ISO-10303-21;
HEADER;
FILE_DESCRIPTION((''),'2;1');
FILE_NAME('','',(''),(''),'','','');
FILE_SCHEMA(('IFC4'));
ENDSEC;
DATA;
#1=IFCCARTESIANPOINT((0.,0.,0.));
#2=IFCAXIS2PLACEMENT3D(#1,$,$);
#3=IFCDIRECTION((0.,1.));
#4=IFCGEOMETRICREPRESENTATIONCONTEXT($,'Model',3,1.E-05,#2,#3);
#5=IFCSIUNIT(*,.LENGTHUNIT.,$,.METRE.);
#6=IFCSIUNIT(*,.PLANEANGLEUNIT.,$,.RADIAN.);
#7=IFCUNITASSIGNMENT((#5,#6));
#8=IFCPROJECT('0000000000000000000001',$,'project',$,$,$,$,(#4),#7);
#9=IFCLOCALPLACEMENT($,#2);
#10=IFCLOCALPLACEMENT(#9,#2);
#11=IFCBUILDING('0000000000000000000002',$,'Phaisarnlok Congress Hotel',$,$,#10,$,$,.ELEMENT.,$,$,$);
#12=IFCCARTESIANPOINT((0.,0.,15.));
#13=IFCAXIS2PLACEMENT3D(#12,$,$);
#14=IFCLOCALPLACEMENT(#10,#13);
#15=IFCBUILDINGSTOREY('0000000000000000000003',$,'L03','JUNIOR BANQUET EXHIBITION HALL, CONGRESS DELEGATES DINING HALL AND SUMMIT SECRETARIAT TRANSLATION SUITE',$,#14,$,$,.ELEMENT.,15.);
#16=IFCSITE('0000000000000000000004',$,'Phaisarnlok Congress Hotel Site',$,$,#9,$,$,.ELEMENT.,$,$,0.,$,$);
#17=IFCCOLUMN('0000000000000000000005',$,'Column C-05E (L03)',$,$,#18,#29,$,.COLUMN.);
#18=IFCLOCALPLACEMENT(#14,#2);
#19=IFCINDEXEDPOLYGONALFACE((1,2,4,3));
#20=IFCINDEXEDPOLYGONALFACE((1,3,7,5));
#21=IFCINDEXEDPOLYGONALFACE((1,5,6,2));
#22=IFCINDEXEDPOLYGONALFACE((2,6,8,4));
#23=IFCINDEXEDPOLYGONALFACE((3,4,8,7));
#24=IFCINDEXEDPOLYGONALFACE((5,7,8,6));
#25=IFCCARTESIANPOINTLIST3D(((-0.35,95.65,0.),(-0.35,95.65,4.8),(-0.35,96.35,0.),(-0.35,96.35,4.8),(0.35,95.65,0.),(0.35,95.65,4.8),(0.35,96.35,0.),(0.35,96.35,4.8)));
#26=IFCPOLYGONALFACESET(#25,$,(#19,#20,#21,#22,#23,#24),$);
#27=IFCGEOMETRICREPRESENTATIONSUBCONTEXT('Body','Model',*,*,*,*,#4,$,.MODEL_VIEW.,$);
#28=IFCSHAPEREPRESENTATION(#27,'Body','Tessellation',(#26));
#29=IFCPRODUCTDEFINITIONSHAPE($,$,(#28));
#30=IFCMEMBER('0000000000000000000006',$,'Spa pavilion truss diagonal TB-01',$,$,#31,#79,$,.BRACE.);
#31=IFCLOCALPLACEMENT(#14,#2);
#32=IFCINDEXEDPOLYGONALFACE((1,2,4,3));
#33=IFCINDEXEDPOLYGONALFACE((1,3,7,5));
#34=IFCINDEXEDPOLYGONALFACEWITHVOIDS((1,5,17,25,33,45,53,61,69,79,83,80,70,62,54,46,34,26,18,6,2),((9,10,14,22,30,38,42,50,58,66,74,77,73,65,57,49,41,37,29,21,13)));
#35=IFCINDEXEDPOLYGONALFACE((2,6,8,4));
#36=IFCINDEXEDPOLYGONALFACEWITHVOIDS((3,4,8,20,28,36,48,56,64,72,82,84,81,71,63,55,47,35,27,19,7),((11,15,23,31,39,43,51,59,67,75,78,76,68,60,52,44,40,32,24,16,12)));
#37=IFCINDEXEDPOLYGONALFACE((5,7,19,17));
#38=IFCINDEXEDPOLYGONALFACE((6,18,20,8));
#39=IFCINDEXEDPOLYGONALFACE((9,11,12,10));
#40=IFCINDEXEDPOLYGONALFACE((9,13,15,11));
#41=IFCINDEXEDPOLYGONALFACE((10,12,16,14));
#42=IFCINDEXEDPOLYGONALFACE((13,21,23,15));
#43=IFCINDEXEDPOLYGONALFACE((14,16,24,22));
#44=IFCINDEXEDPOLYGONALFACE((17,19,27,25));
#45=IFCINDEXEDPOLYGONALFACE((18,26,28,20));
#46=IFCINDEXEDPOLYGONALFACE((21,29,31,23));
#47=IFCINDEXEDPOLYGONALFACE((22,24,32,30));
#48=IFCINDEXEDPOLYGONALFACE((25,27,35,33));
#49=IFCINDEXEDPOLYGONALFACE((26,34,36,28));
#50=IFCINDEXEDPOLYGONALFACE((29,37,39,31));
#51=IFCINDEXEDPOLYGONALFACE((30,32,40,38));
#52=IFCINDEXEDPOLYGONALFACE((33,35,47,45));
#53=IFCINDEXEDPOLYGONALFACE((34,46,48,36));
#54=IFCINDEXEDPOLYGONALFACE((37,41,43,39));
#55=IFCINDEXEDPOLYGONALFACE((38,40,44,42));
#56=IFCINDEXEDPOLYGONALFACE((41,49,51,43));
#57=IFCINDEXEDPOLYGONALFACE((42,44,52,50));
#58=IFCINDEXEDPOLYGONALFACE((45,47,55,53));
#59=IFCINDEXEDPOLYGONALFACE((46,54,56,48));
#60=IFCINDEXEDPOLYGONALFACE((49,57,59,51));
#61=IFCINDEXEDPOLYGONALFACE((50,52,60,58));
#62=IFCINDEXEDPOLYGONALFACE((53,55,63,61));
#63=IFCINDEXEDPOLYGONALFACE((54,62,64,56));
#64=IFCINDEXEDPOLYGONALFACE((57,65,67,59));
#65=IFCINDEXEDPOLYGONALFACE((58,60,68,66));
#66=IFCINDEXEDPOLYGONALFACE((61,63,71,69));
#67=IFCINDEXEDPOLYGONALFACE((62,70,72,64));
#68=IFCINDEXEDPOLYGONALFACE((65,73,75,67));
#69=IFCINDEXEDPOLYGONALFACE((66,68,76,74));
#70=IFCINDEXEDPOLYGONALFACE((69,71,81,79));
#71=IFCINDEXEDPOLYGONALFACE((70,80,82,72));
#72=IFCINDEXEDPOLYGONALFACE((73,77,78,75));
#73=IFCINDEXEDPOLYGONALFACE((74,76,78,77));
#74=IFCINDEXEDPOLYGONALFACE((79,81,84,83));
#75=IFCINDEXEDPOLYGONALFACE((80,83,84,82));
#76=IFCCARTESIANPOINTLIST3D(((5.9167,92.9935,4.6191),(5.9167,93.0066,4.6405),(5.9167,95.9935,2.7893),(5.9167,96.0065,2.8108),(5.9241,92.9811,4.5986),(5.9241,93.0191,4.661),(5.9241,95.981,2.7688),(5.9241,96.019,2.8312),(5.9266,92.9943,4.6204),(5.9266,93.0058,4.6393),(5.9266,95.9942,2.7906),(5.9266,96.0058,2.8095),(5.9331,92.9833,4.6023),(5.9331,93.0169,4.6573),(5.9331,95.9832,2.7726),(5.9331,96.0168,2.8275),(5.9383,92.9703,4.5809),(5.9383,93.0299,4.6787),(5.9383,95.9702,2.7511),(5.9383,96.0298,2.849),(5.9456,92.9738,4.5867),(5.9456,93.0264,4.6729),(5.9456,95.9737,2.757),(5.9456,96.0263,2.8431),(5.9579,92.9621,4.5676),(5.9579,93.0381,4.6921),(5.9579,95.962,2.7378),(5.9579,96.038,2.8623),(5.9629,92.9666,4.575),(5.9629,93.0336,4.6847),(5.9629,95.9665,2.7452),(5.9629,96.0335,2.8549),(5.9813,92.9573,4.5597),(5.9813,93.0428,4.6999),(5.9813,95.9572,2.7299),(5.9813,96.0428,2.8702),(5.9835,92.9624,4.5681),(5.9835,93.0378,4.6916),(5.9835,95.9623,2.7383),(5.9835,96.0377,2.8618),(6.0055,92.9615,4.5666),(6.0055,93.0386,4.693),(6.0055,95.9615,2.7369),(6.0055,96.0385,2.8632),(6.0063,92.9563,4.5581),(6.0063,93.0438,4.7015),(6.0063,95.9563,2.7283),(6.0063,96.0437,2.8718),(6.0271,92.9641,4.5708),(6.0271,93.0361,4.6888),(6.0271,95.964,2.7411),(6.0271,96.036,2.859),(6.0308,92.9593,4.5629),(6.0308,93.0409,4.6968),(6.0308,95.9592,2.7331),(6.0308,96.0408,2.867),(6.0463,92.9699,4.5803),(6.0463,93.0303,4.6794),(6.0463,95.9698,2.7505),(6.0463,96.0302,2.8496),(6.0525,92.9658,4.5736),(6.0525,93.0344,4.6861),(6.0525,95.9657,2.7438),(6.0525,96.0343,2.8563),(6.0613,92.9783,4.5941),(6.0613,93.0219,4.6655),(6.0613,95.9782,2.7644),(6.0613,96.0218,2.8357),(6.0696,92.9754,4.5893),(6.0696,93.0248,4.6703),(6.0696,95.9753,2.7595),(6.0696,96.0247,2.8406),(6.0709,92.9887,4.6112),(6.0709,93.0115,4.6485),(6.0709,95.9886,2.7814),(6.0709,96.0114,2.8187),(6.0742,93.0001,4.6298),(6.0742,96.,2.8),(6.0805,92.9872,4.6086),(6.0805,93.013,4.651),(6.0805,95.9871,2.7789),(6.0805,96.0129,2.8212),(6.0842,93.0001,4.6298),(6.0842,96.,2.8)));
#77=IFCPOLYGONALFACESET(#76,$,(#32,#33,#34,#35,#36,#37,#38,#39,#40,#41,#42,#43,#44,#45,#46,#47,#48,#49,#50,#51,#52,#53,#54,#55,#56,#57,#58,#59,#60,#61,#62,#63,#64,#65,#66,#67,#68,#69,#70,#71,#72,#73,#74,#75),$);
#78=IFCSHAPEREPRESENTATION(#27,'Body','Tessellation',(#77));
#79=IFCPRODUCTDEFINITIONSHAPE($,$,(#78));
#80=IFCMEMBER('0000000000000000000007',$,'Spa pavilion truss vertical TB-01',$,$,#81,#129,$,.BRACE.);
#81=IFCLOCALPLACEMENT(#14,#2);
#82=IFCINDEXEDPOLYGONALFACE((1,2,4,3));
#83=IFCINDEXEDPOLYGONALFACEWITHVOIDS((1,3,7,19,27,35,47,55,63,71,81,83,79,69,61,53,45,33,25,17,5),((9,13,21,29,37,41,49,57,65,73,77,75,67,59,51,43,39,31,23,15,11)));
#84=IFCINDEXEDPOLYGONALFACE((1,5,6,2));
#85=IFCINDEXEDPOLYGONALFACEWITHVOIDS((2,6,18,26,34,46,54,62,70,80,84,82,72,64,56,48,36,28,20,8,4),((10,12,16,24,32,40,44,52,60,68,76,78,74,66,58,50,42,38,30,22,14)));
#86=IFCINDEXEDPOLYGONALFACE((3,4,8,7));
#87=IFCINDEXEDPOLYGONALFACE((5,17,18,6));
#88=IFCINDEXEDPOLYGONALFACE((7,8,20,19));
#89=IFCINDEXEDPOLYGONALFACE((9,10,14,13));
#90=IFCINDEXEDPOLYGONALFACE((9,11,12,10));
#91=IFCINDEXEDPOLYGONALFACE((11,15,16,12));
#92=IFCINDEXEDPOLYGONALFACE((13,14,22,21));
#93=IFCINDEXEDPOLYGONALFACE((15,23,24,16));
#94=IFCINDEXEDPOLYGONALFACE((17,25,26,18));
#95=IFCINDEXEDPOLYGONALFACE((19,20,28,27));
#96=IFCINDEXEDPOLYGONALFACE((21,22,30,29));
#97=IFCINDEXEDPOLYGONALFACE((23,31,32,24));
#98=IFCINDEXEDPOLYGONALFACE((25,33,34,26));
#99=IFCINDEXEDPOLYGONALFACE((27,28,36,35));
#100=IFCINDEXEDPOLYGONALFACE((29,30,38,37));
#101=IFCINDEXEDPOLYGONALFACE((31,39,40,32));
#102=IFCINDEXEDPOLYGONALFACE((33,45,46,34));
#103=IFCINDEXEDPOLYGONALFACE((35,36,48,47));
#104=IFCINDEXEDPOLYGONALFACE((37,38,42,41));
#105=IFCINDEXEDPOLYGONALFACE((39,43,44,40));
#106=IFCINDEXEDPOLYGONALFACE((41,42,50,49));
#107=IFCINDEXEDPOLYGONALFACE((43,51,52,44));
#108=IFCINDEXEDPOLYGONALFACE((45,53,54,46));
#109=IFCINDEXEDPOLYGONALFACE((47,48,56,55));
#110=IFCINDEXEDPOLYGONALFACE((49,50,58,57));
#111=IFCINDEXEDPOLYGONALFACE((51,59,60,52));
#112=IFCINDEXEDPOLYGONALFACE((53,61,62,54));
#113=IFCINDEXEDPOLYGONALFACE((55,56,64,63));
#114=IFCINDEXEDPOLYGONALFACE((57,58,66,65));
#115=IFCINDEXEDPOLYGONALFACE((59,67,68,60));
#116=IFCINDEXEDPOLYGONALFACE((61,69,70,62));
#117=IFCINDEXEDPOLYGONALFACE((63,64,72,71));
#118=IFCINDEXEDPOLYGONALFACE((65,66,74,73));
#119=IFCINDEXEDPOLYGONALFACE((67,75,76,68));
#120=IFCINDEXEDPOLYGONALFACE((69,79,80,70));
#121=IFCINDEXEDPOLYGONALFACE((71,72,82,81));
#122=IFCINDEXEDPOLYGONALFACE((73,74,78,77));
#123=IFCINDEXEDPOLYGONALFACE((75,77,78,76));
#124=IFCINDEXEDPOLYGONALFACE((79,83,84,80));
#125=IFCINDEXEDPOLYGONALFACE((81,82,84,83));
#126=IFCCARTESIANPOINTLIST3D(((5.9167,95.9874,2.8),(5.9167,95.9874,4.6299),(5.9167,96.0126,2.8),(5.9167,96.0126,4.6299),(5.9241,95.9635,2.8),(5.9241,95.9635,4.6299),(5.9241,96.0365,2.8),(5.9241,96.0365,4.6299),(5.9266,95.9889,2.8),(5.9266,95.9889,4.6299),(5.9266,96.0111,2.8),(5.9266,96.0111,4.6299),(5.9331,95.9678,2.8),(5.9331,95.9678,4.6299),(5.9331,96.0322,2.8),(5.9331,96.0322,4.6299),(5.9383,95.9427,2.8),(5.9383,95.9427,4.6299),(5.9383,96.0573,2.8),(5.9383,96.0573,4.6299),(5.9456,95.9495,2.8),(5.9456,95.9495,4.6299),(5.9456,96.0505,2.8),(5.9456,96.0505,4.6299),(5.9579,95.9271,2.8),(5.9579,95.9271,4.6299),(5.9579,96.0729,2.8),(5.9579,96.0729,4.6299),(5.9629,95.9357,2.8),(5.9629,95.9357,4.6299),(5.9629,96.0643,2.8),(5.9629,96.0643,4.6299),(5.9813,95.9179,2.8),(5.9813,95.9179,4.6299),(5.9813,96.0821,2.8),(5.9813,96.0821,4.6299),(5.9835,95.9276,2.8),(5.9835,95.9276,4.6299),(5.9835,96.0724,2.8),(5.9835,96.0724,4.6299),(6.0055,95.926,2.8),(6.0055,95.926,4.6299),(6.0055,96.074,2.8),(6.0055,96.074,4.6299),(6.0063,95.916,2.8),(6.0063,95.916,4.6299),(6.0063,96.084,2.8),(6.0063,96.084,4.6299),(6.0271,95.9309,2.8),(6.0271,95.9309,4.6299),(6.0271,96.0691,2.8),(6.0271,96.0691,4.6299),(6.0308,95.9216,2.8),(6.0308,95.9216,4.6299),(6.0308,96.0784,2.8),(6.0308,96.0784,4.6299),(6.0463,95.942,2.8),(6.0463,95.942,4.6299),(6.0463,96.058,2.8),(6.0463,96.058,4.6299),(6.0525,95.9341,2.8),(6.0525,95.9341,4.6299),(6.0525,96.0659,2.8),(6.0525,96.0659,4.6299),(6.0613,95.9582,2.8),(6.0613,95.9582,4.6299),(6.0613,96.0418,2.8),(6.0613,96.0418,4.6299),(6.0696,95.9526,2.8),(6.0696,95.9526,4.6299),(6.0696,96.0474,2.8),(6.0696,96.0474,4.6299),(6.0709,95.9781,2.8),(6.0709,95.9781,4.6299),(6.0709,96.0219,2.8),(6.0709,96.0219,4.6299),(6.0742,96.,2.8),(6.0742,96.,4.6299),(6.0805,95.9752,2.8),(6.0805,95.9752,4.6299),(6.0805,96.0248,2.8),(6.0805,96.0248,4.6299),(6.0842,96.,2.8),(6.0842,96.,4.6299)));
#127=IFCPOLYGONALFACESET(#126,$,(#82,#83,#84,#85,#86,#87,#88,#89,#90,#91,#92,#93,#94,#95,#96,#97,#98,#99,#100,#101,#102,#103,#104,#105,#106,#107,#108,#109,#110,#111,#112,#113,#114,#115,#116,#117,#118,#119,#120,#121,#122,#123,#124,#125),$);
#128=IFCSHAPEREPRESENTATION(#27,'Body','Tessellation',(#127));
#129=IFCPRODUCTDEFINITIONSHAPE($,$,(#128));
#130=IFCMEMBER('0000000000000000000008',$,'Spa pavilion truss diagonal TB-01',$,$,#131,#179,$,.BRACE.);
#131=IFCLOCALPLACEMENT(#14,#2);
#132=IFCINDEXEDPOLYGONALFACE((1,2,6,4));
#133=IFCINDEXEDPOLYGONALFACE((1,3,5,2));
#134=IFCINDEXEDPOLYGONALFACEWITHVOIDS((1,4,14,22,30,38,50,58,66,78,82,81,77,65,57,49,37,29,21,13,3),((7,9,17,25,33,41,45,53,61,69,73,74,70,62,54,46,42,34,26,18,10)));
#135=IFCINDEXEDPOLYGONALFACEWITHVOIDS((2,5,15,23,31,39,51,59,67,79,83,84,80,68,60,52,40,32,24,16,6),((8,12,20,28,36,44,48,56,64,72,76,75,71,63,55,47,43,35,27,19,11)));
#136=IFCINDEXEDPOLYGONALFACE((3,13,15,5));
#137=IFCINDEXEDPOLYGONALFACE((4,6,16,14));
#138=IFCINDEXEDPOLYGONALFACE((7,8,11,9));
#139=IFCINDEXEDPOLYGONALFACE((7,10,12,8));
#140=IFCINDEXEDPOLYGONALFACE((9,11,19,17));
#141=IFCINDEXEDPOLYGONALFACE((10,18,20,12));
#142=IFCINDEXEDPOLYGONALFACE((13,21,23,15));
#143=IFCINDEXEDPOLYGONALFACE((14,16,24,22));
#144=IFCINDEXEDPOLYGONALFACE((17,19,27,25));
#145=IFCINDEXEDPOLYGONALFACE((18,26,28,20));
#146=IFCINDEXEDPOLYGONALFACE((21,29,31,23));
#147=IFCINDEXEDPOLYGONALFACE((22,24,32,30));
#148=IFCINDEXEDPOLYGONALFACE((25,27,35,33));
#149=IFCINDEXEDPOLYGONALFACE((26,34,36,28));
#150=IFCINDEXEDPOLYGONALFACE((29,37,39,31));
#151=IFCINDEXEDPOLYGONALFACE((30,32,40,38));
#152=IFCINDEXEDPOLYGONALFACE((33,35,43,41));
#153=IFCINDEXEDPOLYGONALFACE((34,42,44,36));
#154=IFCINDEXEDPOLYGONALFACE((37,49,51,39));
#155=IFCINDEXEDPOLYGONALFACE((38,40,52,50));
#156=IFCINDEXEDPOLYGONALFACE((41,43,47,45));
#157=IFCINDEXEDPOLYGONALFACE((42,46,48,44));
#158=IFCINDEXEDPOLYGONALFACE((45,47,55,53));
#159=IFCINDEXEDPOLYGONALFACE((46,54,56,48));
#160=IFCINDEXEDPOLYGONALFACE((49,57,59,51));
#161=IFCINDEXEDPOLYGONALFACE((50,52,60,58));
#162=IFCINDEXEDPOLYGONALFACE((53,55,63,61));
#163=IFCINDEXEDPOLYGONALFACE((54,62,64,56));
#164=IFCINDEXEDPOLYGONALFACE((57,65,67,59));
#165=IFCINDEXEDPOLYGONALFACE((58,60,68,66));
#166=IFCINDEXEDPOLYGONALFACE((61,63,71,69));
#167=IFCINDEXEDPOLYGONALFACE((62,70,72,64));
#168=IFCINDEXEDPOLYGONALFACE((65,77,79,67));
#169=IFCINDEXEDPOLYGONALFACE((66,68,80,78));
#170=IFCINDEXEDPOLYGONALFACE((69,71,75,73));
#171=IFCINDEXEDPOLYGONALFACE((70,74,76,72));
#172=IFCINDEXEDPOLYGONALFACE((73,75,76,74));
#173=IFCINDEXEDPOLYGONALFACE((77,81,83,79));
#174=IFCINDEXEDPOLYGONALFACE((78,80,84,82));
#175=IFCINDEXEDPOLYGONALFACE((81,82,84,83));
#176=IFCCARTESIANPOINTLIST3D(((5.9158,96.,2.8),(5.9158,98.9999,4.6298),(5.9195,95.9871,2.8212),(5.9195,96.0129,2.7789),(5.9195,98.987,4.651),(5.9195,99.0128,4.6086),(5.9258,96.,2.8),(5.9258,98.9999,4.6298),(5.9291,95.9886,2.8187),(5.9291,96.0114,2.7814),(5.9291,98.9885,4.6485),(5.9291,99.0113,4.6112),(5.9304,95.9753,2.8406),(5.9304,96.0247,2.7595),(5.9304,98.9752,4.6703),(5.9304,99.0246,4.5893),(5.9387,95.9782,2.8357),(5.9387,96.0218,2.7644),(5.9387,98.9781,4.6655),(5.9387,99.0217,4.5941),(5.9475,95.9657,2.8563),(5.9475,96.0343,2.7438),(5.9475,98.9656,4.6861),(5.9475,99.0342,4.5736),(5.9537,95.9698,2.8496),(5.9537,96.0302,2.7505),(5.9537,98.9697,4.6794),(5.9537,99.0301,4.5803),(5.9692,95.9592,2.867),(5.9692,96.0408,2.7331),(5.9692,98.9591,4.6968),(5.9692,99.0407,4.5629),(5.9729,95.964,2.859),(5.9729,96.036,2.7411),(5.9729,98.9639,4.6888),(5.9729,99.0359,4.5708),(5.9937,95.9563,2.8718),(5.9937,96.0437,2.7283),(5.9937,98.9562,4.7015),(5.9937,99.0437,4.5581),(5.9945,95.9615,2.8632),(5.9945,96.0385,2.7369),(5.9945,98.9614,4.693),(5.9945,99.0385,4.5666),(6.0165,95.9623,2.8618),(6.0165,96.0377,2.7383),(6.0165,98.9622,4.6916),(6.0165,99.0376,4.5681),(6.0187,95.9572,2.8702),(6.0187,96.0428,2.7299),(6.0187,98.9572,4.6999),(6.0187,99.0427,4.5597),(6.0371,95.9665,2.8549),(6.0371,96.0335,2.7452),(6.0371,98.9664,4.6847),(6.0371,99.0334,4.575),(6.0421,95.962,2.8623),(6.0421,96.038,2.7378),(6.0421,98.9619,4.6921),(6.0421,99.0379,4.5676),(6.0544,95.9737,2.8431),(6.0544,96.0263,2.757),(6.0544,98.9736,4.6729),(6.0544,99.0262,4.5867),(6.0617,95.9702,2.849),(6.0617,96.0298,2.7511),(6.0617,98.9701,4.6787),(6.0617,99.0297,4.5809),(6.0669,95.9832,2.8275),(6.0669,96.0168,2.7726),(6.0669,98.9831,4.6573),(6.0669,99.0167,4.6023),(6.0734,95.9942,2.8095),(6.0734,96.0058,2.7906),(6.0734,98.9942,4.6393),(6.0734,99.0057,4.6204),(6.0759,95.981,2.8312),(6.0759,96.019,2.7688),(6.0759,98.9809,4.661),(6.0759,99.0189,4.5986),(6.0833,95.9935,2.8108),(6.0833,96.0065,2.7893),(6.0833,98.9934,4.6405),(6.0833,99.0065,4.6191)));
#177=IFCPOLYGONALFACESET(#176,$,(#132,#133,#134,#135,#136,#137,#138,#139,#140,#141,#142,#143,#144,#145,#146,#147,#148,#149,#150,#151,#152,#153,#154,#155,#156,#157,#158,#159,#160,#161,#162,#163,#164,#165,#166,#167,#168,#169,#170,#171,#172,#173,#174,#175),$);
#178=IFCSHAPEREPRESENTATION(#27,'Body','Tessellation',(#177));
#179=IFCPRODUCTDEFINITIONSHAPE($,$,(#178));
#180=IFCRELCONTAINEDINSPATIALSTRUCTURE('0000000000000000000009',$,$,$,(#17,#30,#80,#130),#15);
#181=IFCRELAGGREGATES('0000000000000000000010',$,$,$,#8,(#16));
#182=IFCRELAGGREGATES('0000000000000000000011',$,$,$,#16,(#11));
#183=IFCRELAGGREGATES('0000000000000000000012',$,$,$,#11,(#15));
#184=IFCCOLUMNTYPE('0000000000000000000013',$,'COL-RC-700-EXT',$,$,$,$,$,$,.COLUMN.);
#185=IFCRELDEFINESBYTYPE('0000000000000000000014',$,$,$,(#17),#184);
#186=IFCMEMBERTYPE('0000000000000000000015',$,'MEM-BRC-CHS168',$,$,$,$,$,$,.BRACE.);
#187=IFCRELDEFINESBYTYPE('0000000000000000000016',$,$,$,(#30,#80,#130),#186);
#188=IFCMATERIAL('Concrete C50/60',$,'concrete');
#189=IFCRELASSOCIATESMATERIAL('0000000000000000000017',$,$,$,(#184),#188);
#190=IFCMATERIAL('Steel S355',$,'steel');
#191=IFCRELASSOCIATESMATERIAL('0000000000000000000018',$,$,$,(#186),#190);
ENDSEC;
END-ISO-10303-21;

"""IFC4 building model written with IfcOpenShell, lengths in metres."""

from ifc_helpers import new_model, si_unit, direction, frame, origin, origin_2d, place, context, subcontext, project, spatial, rectangle, hollow_circle, extrude, material, material_profile, profile_set, type_object, element, save


model = new_model("IFC4")

# Units and contexts
model_context = context("Model", 3, precision=1e-05, world=origin(), true_north=direction((0.0, 1.0)))
body_context = subcontext(model_context, "Body", "Model", "MODEL_VIEW")
ifc_project = project(units=[si_unit("LENGTHUNIT", "METRE"), si_unit("PLANEANGLEUNIT", "RADIAN")], contexts=[model_context])

# Site, building, storey
site_placement = place(None, origin())
site = spatial("IfcSite", under=ifc_project, at=site_placement, Name="Phaisarnlok Congress Hotel Site", CompositionType="ELEMENT", RefElevation=0.0)
building_placement = place(site_placement, origin())
building = spatial("IfcBuilding", under=site, at=building_placement, Name="Phaisarnlok Congress Hotel", CompositionType="ELEMENT")
storey_placement = place(building_placement, frame((0.0, 0.0, 15.0)))
storey = spatial("IfcBuildingStorey", under=building, at=storey_placement, Name="L03", Description="JUNIOR BANQUET EXHIBITION HALL, CONGRESS DELEGATES DINING HALL AND SUMMIT SECRETARIAT TRANSLATION SUITE", CompositionType="ELEMENT", Elevation=15.0)

# Column
ifc_material_1 = material(Name="Concrete C50/60", Category="concrete")
ifc_material_profile_1 = material_profile(ifc_material_1, rectangle(XDim=0.7, YDim=0.7, at=origin_2d()), Name="RC 700x700")
ifc_profile_set_1 = profile_set([ifc_material_profile_1], Name="Concrete C50/60")
column_type = type_object("IfcColumnType", Name="COL-RC-700-EXT", PredefinedType="COLUMN", material=ifc_profile_set_1)
column_placement = place(storey_placement, frame((0.0, 96.0, 0.0), z_axis=(0.0, 0.0, 1.0), x_axis=(1.0, 0.0, 0.0)))
element("IfcColumn", 1, at=column_placement, inside=storey, type_object=column_type, Name="Column C-05E (L03)", PredefinedType="COLUMN", context=body_context, shape_type="SweptSolid", body=[
    extrude(rectangle(XDim=0.7, YDim=0.7, at=origin_2d()), origin(), (0.0, 0.0, 1.0), 4.8),
])

# Members
ifc_material_2 = material(Name="Steel S355", Category="steel")
ifc_material_profile_2 = material_profile(ifc_material_2, hollow_circle(Radius=0.0842, WallThickness=0.01, at=origin_2d()), Name="CHS 168.3x10")
ifc_profile_set_2 = profile_set([ifc_material_profile_2], Name="Steel S355")
member_type_1 = type_object("IfcMemberType", Name="MEM-BRC-CHS168", PredefinedType="BRACE", material=ifc_profile_set_2)
member_1_placement = place(storey_placement, frame((6.0, 96.0, 2.8), z_axis=(0.0, -0.853725, 0.520725), x_axis=(1.0, 0.0, 0.0)))
element("IfcMember", 2, at=member_1_placement, inside=storey, type_object=member_type_1, Name="Spa pavilion truss diagonal TB-01", PredefinedType="BRACE", context=body_context, shape_type="SweptSolid", body=[
    extrude(hollow_circle(Radius=0.0842, WallThickness=0.01, at=origin_2d()), origin(), (0.0, 0.0, 1.0), 3.5139),
])
member_2_placement = place(storey_placement, frame((6.0, 96.0, 2.8), z_axis=(0.0, 0.0, 1.0), x_axis=(1.0, 0.0, 0.0)))
element("IfcMember", 3, at=member_2_placement, inside=storey, type_object=member_type_1, Name="Spa pavilion truss vertical TB-01", PredefinedType="BRACE", context=body_context, shape_type="SweptSolid", body=[
    extrude(hollow_circle(Radius=0.0842, WallThickness=0.01, at=origin_2d()), origin(), (0.0, 0.0, 1.0), 1.8298),
])
member_3_placement = place(storey_placement, frame((6.0, 96.0, 2.8), z_axis=(0.0, 0.853725, 0.520725), x_axis=(-1.0, 0.0, 0.0)))
element("IfcMember", 4, at=member_3_placement, inside=storey, type_object=member_type_1, Name="Spa pavilion truss diagonal TB-01", PredefinedType="BRACE", context=body_context, shape_type="SweptSolid", body=[
    extrude(hollow_circle(Radius=0.0842, WallThickness=0.01, at=origin_2d()), origin(), (0.0, 0.0, 1.0), 3.5139),
])

save(model, "model.ifc")
